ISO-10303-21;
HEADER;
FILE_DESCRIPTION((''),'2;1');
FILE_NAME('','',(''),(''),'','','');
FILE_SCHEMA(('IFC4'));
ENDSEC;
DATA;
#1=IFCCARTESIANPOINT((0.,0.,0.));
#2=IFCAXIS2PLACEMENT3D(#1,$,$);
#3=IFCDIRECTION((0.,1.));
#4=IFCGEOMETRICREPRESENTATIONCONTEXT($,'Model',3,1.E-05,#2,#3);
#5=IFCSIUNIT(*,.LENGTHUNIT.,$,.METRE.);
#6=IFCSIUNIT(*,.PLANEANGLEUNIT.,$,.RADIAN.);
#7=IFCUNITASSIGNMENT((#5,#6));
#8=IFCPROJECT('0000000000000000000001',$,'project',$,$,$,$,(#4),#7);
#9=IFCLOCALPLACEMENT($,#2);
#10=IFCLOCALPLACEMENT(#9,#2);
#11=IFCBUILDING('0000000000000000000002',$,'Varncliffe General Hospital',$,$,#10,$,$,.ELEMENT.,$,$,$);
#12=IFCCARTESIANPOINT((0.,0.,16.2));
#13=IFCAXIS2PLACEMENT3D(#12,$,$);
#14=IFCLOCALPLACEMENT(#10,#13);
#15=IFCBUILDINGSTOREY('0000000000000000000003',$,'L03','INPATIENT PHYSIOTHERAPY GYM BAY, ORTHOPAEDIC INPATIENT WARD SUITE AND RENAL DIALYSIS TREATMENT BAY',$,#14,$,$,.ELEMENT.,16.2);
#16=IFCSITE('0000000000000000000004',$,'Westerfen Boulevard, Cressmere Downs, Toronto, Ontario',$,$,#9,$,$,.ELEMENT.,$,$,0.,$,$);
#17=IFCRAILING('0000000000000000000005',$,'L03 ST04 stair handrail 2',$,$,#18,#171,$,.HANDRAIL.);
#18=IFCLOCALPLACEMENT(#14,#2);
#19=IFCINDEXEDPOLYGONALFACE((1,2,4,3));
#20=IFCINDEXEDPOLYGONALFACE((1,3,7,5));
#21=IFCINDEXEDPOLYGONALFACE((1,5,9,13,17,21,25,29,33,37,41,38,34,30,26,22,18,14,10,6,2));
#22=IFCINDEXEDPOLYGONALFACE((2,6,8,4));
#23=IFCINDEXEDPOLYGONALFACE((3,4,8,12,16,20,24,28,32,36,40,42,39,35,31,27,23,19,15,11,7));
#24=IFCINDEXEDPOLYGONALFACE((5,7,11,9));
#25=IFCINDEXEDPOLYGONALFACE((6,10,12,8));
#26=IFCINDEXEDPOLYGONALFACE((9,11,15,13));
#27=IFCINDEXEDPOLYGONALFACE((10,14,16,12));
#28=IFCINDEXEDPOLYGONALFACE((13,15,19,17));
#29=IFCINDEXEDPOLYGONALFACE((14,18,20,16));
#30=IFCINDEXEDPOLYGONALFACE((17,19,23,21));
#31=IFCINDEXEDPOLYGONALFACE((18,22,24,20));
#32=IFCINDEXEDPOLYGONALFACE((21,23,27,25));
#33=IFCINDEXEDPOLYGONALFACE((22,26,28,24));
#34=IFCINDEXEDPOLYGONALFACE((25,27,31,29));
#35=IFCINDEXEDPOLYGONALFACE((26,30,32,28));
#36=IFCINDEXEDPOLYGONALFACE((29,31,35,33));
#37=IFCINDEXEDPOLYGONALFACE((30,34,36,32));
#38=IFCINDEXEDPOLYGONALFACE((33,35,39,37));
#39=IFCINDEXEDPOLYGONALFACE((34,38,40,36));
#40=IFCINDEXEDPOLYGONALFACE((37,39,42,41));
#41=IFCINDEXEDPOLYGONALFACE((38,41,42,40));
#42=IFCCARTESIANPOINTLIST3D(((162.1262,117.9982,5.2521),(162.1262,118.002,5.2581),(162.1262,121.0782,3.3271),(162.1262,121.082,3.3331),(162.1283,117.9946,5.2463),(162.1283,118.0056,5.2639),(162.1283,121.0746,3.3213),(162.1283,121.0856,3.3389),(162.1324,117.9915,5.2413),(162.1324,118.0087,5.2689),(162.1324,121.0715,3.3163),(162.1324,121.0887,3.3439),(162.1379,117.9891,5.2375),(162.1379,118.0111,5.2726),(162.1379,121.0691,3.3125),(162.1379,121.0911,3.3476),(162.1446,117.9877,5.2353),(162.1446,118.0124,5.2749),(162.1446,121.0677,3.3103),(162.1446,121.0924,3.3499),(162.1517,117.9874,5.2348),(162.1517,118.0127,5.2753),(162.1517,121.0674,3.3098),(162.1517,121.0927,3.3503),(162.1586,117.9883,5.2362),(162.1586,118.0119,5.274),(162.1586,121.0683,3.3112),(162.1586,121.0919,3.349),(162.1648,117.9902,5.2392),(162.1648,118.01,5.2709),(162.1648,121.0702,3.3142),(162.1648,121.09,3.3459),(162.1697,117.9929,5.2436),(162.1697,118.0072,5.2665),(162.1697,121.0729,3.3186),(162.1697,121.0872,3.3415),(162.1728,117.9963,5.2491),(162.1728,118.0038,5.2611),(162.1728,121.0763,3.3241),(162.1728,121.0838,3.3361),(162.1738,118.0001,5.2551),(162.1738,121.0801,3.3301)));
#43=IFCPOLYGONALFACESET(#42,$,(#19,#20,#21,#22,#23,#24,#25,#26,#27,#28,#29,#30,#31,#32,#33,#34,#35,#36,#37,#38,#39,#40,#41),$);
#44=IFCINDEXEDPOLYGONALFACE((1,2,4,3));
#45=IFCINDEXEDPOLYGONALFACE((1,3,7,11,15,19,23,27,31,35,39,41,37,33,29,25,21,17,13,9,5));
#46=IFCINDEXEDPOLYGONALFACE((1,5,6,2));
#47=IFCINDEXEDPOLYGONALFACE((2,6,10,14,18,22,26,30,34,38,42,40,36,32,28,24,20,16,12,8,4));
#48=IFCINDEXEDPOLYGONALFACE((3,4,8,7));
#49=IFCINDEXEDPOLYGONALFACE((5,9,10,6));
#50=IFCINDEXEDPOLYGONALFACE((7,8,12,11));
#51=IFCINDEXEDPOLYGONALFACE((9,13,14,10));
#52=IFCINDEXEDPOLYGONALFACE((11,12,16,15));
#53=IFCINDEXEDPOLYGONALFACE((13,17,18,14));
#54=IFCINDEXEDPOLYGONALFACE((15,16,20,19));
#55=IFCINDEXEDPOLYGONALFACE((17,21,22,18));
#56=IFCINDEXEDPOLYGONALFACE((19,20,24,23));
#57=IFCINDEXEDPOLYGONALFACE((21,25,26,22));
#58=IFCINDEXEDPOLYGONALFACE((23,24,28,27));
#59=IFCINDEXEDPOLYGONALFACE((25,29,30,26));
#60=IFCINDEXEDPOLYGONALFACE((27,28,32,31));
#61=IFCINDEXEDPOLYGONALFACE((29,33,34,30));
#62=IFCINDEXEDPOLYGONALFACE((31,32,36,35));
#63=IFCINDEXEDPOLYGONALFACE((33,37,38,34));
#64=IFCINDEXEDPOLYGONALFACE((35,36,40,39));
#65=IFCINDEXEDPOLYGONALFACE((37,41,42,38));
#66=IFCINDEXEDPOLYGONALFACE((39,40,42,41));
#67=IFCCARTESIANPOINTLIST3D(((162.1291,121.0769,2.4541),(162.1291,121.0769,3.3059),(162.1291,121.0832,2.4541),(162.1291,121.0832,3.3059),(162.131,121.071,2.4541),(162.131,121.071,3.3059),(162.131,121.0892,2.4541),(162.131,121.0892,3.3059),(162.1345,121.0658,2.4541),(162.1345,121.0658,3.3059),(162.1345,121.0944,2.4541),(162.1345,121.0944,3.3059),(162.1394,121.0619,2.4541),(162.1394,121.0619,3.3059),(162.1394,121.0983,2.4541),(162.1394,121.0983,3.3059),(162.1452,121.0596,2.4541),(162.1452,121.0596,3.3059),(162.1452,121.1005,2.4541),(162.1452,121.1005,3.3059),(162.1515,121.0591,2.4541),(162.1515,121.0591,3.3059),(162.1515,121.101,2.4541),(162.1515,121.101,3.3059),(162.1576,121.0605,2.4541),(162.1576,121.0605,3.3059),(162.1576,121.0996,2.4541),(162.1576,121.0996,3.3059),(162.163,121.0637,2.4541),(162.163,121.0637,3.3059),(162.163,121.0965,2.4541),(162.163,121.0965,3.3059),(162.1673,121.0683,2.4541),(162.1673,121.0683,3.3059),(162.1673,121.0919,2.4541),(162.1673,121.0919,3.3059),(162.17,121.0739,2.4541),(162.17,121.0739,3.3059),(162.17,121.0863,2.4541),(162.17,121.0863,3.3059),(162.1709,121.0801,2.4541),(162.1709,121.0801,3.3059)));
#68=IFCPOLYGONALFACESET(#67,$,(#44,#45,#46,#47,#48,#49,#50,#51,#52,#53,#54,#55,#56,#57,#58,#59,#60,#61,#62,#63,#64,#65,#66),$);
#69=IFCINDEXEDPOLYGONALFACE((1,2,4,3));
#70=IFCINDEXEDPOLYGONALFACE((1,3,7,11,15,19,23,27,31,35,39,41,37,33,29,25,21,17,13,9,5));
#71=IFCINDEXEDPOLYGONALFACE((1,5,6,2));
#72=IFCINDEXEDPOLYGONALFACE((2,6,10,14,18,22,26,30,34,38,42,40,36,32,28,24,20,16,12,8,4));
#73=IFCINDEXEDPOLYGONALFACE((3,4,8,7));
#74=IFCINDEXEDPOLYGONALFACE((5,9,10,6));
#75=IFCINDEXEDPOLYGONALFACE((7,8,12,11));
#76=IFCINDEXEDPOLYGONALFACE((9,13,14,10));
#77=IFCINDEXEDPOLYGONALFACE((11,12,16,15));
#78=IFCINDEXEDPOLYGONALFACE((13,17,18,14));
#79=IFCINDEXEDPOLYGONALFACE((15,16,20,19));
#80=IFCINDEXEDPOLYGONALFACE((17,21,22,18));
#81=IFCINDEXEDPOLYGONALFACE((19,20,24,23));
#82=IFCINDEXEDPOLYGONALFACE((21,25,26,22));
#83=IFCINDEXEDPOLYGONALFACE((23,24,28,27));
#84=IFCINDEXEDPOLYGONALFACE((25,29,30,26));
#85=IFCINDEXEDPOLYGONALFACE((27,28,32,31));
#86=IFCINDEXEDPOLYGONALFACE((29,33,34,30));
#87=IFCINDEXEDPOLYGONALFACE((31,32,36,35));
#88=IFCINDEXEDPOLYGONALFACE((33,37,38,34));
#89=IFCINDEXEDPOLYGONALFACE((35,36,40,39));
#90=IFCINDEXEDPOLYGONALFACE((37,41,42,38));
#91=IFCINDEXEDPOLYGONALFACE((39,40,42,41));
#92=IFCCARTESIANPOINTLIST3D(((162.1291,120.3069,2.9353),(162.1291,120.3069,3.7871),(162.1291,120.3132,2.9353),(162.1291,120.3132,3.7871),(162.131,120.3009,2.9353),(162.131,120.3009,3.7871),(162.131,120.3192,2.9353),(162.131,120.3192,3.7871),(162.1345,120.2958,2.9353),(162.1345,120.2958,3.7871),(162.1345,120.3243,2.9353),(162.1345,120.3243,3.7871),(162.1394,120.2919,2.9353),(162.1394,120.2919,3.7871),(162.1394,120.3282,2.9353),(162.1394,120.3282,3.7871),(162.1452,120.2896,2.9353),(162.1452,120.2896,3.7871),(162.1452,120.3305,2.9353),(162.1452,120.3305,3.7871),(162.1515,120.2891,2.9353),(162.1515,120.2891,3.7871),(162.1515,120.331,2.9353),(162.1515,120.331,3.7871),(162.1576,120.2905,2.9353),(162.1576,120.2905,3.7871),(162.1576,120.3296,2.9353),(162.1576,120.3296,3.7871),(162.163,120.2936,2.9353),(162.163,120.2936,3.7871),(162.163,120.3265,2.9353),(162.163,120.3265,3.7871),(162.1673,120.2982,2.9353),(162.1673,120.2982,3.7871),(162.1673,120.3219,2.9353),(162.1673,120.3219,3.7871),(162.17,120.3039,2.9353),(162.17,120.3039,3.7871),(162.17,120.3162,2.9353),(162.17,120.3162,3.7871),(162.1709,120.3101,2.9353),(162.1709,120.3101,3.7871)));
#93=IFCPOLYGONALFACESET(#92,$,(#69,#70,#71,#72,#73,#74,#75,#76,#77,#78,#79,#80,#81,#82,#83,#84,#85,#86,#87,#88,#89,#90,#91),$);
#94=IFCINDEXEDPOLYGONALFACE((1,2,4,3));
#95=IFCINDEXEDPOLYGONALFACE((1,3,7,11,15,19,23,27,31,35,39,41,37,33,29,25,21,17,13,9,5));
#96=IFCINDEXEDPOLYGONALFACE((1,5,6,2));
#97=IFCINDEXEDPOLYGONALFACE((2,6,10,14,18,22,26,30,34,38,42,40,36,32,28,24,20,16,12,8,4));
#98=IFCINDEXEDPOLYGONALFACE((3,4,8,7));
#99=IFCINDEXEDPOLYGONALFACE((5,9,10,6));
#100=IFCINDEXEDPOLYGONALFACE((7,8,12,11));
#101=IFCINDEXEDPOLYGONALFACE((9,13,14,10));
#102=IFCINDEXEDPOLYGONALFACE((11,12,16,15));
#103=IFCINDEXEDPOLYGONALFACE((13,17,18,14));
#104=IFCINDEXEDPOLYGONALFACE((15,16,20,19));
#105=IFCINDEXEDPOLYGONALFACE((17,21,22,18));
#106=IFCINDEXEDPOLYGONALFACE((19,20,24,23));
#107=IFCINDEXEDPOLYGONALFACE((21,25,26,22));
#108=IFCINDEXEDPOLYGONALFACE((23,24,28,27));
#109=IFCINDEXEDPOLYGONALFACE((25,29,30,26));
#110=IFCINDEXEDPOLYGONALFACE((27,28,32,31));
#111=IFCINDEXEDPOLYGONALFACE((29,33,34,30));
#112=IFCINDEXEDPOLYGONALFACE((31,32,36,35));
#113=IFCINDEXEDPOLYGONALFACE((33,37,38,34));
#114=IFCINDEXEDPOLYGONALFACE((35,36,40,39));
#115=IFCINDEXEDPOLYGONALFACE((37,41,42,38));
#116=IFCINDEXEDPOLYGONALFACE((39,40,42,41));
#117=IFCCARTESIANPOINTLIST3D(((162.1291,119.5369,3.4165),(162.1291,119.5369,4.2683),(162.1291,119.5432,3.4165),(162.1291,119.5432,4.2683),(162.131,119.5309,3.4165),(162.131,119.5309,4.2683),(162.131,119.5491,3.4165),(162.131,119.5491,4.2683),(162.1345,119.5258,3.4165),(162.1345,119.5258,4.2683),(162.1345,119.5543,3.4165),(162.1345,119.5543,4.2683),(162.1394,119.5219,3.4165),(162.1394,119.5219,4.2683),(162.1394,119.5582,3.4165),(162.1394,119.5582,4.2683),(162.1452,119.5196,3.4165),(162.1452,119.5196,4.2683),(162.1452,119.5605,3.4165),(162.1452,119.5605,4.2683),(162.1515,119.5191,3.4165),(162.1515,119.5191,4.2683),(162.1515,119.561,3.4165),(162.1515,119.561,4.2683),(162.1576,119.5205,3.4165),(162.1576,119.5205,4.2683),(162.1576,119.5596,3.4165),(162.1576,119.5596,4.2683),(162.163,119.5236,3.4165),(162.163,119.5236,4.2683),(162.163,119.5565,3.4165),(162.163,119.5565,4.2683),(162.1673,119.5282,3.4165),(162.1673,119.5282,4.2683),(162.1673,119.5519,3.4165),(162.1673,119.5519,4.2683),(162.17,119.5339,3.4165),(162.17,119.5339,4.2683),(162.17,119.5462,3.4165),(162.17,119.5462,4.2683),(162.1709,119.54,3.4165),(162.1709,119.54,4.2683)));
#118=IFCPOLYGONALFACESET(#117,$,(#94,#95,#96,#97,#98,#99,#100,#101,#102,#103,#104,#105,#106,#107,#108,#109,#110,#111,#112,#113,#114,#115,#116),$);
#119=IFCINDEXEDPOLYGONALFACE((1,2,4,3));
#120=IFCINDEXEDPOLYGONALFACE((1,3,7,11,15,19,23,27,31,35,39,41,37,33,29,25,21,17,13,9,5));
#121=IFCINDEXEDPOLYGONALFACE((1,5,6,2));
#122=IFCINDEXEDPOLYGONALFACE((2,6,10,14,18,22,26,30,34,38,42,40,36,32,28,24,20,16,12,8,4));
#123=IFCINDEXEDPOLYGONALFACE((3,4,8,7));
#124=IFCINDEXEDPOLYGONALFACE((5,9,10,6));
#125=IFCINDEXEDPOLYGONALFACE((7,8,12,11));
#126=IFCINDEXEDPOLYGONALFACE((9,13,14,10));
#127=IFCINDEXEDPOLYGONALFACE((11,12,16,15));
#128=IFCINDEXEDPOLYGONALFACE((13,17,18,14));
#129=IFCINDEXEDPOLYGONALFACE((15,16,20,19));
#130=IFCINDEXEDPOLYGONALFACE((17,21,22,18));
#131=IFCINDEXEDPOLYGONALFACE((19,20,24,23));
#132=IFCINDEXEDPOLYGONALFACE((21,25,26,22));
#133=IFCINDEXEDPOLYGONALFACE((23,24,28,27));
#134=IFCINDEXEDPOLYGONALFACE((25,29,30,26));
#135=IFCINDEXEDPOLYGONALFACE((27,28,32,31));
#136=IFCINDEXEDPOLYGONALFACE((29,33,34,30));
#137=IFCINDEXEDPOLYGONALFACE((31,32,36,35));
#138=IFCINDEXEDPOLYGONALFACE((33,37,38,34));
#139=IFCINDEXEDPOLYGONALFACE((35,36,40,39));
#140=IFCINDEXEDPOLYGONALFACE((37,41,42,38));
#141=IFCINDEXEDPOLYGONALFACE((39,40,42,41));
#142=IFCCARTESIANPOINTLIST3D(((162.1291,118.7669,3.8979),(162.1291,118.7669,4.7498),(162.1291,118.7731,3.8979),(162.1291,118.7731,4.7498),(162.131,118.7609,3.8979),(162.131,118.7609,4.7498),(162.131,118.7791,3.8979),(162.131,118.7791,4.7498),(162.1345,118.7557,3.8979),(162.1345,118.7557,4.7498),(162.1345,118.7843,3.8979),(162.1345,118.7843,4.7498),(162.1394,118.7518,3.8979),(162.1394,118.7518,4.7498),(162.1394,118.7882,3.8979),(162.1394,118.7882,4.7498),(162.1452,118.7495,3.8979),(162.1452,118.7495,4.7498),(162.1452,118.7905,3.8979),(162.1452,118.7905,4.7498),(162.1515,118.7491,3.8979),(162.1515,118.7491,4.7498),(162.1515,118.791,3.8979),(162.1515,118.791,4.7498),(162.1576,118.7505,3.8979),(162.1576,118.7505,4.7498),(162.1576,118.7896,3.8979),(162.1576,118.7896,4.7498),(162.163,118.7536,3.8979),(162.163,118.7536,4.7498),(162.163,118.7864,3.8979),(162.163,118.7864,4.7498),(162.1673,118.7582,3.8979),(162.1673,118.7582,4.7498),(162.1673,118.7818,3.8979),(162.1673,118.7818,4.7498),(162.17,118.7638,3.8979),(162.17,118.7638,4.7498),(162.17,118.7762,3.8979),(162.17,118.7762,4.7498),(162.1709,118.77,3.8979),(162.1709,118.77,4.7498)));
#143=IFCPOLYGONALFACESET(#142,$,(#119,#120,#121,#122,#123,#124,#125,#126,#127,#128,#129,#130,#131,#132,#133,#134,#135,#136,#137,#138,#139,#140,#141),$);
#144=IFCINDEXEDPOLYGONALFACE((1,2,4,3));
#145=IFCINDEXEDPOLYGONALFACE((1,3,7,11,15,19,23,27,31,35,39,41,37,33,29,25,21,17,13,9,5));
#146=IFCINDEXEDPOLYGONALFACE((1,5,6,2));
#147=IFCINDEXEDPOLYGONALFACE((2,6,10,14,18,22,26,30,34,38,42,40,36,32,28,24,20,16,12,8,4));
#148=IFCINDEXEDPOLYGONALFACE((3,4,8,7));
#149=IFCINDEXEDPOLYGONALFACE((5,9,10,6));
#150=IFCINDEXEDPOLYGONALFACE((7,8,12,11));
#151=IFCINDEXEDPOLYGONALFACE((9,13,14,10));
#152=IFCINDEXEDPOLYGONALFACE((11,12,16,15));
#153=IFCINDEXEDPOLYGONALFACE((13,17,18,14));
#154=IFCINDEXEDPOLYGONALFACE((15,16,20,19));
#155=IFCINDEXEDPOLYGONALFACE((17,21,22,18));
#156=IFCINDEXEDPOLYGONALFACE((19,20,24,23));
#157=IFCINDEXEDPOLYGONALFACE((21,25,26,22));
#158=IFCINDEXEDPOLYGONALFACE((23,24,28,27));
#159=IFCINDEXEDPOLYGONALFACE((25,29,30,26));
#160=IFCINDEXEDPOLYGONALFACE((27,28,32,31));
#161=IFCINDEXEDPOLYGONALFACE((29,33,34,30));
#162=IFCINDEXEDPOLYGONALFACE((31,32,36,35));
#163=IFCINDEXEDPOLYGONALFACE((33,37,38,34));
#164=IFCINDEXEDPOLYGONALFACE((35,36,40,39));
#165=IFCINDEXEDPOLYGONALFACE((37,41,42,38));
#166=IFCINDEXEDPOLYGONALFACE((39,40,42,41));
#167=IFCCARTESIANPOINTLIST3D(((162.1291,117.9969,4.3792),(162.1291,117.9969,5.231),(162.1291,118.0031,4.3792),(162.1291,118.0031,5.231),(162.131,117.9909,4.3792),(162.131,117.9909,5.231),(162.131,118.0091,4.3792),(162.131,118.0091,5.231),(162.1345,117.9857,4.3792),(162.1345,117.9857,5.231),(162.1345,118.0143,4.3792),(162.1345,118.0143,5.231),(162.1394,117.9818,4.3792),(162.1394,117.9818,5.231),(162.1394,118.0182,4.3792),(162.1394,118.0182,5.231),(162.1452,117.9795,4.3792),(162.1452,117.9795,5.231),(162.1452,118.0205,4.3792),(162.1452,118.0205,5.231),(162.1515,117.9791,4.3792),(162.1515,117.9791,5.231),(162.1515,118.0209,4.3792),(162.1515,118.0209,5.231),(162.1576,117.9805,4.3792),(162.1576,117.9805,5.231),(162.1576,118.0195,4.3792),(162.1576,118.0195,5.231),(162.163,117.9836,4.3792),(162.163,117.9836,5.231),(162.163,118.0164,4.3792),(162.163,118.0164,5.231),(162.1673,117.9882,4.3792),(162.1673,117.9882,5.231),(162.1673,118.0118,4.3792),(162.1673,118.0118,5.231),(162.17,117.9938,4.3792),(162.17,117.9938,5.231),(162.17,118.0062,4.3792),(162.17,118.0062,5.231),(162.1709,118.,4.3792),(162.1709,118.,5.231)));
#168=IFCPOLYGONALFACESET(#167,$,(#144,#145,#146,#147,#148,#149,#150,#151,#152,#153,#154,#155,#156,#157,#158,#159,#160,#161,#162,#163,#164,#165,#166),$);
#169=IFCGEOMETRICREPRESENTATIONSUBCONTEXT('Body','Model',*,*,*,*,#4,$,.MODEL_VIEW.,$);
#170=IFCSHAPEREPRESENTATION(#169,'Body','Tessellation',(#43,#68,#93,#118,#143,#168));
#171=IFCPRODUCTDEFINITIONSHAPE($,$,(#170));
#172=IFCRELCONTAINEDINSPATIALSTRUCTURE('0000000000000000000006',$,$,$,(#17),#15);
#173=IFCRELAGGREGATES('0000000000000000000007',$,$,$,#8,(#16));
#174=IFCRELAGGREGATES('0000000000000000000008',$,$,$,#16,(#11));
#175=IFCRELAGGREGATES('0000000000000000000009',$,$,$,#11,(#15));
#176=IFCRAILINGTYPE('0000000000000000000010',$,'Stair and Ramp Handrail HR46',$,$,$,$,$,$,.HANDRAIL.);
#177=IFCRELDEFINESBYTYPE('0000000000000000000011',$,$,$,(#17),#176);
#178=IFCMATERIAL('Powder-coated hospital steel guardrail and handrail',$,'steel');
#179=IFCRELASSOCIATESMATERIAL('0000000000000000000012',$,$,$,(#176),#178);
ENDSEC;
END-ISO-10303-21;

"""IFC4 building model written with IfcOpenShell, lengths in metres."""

from ifc_helpers import new_model, si_unit, direction, frame, origin, origin_2d, place, context, subcontext, project, spatial, circle, extrude, material, type_object, element, save


model = new_model("IFC4")

# Units and contexts
model_context = context("Model", 3, precision=1e-05, world=origin(), true_north=direction((0.0, 1.0)))
body_context = subcontext(model_context, "Body", "Model", "MODEL_VIEW")
ifc_project = project(units=[si_unit("LENGTHUNIT", "METRE"), si_unit("PLANEANGLEUNIT", "RADIAN")], contexts=[model_context])

# Site, building, storey
site_placement = place(None, origin())
site = spatial("IfcSite", under=ifc_project, at=site_placement, Name="Westerfen Boulevard, Cressmere Downs, Toronto, Ontario", CompositionType="ELEMENT", RefElevation=0.0)
building_placement = place(site_placement, origin())
building = spatial("IfcBuilding", under=site, at=building_placement, Name="Varncliffe General Hospital", CompositionType="ELEMENT")
storey_placement = place(building_placement, frame((0.0, 0.0, 16.2)))
storey = spatial("IfcBuildingStorey", under=building, at=storey_placement, Name="L03", Description="INPATIENT PHYSIOTHERAPY GYM BAY, ORTHOPAEDIC INPATIENT WARD SUITE AND RENAL DIALYSIS TREATMENT BAY", CompositionType="ELEMENT", Elevation=16.2)

# Railing
ifc_material_1 = material(Name="Powder-coated hospital steel guardrail and handrail", Category="steel")
railing_type_1 = type_object("IfcRailingType", Name="Stair and Ramp Handrail HR46", PredefinedType="HANDRAIL", material=ifc_material_1)
railing_1_placement = place(storey_placement, frame((162.1499, 121.0801, 2.4541)))
element("IfcRailing", 1, at=railing_1_placement, inside=storey, type_object=railing_type_1, Name="L03 ST04 stair handrail 2", PredefinedType="HANDRAIL", context=body_context, shape_type="SweptSolid", body=[
    extrude(circle(Radius=0.0239, at=origin_2d()), frame((0.0, 0.0, 0.876), z_axis=(0.0, -0.847998, 0.529999), x_axis=(1.0, 0.0, 0.0)), (0.0, 0.0, 1.0), 3.6321),
    extrude(circle(Radius=0.021, at=origin_2d()), origin(), (0.0, 0.0, 1.0), 0.8518),
    extrude(circle(Radius=0.021, at=origin_2d()), frame((0.0, -0.77, 0.4812)), (0.0, 0.0, 1.0), 0.8518),
    extrude(circle(Radius=0.021, at=origin_2d()), frame((0.0, -1.54, 0.9624)), (0.0, 0.0, 1.0), 0.8518),
    extrude(circle(Radius=0.021, at=origin_2d()), frame((0.0, -2.3101, 1.4438)), (0.0, 0.0, 1.0), 0.8518),
    extrude(circle(Radius=0.021, at=origin_2d()), frame((0.0, -3.0801, 1.925)), (0.0, 0.0, 1.0), 0.8518),
])

save(model, "model.ifc")
